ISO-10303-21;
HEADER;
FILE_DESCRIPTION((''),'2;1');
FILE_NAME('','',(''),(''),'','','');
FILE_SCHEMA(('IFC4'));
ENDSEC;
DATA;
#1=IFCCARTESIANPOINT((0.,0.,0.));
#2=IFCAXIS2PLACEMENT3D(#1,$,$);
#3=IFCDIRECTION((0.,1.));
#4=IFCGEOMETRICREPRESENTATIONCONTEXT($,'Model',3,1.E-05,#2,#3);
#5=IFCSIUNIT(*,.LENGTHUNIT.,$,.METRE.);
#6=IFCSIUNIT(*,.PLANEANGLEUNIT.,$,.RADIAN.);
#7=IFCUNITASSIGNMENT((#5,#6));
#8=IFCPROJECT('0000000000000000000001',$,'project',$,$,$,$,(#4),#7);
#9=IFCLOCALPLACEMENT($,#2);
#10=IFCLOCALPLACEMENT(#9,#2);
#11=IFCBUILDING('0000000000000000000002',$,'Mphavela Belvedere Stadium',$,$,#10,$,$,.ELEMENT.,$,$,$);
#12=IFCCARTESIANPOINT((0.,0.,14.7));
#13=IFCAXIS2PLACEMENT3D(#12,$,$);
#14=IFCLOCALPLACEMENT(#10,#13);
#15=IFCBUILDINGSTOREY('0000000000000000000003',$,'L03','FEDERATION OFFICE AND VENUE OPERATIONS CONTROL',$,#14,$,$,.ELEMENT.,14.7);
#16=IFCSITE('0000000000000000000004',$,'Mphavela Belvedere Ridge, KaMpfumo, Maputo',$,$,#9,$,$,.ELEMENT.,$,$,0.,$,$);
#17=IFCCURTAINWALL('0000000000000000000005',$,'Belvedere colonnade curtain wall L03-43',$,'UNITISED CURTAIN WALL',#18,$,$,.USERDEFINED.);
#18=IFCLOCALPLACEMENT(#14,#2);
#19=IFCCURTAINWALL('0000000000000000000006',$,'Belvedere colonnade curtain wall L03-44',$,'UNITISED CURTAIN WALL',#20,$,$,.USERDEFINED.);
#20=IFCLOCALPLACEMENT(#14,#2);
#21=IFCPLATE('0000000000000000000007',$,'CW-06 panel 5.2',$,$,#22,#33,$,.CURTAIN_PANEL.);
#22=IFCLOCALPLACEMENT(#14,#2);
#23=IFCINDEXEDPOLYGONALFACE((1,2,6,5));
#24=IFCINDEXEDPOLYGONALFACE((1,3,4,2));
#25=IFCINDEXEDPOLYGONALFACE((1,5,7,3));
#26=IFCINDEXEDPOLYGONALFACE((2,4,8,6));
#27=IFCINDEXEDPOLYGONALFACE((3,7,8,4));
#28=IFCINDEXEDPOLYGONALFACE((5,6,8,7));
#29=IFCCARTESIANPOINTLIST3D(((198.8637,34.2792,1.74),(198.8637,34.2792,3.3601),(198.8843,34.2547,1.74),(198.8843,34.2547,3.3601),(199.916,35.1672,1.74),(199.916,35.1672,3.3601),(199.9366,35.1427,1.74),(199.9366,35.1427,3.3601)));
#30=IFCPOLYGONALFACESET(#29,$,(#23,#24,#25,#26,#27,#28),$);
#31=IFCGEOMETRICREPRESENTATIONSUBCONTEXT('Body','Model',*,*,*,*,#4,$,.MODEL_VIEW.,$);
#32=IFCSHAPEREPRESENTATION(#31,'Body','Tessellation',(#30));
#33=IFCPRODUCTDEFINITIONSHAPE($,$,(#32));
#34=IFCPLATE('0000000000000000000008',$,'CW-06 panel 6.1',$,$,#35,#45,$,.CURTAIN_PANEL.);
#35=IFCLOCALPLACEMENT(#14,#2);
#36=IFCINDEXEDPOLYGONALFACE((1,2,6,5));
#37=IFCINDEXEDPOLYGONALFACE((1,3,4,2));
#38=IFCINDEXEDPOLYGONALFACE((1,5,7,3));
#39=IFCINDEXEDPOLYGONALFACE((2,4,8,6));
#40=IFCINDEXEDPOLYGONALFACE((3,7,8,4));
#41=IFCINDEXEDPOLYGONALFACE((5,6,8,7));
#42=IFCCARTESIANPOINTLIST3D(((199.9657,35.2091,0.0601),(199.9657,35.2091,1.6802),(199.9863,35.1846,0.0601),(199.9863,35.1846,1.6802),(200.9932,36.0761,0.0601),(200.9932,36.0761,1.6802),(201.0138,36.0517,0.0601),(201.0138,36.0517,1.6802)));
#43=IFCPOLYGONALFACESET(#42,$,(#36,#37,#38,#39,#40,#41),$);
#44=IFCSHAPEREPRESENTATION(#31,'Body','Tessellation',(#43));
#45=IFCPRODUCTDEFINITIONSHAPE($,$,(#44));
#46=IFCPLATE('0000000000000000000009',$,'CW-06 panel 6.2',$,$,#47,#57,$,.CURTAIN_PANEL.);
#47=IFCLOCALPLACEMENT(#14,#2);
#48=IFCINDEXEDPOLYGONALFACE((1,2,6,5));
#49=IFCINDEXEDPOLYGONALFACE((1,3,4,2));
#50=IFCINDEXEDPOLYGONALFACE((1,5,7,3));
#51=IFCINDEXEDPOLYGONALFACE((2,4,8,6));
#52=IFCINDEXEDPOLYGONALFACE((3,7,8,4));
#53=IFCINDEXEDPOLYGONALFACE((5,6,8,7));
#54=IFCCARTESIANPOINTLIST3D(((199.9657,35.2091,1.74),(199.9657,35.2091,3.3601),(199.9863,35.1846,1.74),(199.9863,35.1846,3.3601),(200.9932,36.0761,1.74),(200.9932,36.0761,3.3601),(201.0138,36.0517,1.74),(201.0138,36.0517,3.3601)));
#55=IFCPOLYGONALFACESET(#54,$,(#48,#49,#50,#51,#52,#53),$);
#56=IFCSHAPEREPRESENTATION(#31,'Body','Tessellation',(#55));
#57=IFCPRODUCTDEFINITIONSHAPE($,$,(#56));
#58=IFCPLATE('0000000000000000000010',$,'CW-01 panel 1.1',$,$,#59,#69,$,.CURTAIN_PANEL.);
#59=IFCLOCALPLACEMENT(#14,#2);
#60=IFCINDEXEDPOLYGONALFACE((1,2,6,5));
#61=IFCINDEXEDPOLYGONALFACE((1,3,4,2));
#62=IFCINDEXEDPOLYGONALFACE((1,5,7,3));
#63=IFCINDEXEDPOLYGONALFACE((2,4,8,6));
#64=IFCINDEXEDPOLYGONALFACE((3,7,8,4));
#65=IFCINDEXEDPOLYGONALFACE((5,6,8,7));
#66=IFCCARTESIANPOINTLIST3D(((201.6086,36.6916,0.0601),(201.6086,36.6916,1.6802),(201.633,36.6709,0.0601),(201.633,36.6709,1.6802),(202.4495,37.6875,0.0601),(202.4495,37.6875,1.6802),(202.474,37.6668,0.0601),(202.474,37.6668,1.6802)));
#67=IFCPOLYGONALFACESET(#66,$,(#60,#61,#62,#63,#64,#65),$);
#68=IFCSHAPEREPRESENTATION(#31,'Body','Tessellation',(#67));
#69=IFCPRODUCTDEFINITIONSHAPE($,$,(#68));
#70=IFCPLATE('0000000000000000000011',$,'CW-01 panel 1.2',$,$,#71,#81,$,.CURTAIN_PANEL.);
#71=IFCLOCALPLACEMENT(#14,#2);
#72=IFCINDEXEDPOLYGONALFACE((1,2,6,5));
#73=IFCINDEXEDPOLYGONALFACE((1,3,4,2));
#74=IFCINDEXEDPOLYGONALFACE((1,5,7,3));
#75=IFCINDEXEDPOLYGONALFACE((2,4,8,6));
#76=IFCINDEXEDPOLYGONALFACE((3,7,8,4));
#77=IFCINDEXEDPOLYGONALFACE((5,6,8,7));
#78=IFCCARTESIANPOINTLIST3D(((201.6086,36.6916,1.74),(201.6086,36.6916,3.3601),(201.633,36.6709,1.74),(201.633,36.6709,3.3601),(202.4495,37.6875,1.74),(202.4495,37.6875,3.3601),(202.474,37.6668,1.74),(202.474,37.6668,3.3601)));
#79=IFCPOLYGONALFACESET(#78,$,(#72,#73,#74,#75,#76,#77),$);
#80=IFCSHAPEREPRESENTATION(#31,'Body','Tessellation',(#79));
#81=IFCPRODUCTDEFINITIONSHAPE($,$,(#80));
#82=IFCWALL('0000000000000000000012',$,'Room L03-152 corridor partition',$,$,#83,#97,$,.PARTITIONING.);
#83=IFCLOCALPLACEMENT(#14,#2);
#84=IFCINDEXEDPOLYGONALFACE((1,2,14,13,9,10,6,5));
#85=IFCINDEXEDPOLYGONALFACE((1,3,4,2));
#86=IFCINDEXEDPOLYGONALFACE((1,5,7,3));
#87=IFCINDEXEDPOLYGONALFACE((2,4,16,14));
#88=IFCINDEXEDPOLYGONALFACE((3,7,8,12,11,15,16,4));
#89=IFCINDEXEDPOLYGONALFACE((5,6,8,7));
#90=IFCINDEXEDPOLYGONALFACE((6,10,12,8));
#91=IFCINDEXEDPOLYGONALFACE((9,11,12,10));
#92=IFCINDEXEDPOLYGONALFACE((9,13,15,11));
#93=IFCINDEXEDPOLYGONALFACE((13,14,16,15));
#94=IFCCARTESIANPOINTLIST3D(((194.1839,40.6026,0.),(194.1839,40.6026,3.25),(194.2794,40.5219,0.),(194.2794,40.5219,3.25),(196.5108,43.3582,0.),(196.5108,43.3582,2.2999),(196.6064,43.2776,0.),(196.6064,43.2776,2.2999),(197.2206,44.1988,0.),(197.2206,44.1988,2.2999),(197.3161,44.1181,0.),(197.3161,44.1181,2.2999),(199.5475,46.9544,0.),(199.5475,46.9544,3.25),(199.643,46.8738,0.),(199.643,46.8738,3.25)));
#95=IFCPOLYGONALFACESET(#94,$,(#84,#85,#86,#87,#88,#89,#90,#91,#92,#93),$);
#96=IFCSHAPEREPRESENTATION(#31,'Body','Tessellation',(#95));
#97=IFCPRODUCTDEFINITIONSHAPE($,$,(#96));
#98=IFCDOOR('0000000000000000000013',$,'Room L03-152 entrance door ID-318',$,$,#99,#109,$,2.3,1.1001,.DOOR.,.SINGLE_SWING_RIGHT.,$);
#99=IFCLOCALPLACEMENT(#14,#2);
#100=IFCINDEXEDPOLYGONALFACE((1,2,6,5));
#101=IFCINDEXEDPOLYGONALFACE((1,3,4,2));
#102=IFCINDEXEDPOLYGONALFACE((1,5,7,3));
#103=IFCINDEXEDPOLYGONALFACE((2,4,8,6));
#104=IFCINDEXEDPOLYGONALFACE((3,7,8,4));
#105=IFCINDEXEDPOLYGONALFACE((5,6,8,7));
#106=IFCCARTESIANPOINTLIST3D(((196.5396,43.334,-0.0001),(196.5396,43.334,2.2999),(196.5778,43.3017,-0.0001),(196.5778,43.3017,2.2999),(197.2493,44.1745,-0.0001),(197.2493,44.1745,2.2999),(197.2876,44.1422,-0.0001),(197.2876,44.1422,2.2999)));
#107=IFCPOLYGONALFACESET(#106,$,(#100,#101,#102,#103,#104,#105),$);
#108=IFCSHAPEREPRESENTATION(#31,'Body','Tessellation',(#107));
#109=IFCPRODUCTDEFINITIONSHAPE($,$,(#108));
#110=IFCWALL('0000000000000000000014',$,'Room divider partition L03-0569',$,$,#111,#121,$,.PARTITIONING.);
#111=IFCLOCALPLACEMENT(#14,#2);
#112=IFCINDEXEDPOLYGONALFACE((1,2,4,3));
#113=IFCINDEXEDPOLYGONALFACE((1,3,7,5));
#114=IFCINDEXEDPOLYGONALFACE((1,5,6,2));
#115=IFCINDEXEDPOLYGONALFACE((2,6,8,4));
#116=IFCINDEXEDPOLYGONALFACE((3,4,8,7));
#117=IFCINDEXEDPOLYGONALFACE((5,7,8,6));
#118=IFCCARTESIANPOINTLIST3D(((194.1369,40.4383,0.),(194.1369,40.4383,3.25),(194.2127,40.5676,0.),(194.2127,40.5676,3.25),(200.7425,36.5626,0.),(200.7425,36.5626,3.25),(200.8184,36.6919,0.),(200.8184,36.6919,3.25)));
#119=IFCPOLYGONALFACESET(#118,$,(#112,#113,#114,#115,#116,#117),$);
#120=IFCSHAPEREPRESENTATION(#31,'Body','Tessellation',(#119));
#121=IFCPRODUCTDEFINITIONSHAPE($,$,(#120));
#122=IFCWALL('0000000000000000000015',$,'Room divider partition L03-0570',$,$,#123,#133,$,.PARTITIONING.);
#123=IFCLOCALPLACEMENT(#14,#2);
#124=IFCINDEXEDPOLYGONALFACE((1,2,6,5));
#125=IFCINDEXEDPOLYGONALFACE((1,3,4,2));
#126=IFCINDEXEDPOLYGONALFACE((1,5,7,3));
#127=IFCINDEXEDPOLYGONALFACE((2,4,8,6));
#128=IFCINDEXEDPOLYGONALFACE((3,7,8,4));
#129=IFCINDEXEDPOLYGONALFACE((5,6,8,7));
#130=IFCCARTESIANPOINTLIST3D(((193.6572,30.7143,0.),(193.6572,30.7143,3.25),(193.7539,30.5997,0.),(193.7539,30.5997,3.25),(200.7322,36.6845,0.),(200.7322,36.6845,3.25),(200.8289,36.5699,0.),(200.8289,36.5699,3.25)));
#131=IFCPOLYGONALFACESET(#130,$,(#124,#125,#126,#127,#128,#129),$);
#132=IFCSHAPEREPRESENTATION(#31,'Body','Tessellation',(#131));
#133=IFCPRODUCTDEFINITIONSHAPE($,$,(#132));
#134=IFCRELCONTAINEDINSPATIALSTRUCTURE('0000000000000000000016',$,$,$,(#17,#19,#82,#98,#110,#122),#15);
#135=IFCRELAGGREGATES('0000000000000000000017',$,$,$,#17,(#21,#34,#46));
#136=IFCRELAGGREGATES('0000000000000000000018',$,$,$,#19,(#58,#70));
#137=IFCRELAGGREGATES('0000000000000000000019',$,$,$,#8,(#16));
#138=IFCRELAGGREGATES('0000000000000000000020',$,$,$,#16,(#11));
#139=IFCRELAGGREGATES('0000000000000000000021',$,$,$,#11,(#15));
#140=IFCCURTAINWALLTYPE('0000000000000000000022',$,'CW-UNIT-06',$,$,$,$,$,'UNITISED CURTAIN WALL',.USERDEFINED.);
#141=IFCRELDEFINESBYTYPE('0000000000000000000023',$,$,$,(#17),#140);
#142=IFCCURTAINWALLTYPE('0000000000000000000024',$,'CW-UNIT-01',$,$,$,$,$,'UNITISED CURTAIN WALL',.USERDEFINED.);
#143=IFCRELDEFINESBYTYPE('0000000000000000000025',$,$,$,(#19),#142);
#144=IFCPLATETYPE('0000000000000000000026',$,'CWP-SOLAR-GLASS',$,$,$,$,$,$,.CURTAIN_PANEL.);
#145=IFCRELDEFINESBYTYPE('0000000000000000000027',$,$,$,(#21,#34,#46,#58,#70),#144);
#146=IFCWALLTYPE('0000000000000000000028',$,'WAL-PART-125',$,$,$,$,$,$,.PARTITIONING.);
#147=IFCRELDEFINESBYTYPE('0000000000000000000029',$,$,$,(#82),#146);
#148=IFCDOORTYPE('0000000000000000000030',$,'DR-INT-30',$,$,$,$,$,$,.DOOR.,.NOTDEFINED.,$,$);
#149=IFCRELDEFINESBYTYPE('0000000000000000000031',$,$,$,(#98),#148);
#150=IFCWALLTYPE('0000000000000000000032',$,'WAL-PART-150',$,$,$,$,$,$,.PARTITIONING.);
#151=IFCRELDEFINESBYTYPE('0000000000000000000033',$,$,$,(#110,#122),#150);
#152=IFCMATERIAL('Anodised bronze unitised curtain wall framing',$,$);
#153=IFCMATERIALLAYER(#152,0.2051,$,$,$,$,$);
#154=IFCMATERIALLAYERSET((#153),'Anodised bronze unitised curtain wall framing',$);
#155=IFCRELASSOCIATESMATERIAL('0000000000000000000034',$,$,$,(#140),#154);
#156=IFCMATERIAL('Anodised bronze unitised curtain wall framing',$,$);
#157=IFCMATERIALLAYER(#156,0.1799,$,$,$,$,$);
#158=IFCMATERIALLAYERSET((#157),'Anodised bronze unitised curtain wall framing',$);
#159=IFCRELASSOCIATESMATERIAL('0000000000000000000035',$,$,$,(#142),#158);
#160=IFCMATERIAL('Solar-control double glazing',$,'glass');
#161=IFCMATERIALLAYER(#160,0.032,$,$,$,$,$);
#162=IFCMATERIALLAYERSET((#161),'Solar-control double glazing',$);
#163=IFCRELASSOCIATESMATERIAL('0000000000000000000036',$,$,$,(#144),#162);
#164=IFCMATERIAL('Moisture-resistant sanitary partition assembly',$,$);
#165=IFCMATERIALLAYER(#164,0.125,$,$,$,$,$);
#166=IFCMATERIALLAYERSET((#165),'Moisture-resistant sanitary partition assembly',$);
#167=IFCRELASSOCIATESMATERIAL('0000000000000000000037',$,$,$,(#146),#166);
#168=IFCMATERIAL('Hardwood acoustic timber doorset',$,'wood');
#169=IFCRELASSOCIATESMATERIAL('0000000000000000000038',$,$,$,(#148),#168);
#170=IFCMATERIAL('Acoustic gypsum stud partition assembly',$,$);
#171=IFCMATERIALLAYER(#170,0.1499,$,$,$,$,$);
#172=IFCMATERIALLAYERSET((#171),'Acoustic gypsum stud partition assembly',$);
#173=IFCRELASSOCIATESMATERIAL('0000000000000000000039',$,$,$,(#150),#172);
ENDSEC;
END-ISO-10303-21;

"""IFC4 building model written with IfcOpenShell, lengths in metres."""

from ifc_helpers import new_model, si_unit, direction, frame, frame_2d, origin, origin_2d, place, context, subcontext, project, spatial, rectangle, extrude, material, layer, layer_set, type_object, element, fill, aggregate, save


model = new_model("IFC4")

# Units and contexts
model_context = context("Model", 3, precision=1e-05, world=origin(), true_north=direction((0.0, 1.0)))
body_context = subcontext(model_context, "Body", "Model", "MODEL_VIEW")
ifc_project = project(units=[si_unit("LENGTHUNIT", "METRE"), si_unit("PLANEANGLEUNIT", "RADIAN")], contexts=[model_context])

# Site, building, storey
site_placement = place(None, origin())
site = spatial("IfcSite", under=ifc_project, at=site_placement, Name="Mphavela Belvedere Ridge, KaMpfumo, Maputo", CompositionType="ELEMENT", RefElevation=0.0)
building_placement = place(site_placement, origin())
building = spatial("IfcBuilding", under=site, at=building_placement, Name="Mphavela Belvedere Stadium", CompositionType="ELEMENT")
storey_placement = place(building_placement, frame((0.0, 0.0, 14.7)))
storey = spatial("IfcBuildingStorey", under=building, at=storey_placement, Name="L03", Description="FEDERATION OFFICE AND VENUE OPERATIONS CONTROL", CompositionType="ELEMENT", Elevation=14.7)

# Curtain walls
ifc_material_1 = material(Name="Anodised bronze unitised curtain wall framing")
ifc_layer_1 = layer(ifc_material_1, 0.2051)
ifc_layer_set_1 = layer_set([ifc_layer_1], Name="Anodised bronze unitised curtain wall framing")
curtain_wall_type_1 = type_object("IfcCurtainWallType", Name="CW-UNIT-06", ElementType="UNITISED CURTAIN WALL", PredefinedType="USERDEFINED", material=ifc_layer_set_1)
curtain_wall_1_placement = place(storey_placement, origin())
curtain_wall_1 = element("IfcCurtainWall", 1, at=curtain_wall_1_placement, inside=storey, type_object=curtain_wall_type_1, Name="Belvedere colonnade curtain wall L03-43", ObjectType="UNITISED CURTAIN WALL", PredefinedType="USERDEFINED")
ifc_material_2 = material(Name="Anodised bronze unitised curtain wall framing")
ifc_layer_2 = layer(ifc_material_2, 0.1799)
ifc_layer_set_2 = layer_set([ifc_layer_2], Name="Anodised bronze unitised curtain wall framing")
curtain_wall_type_2 = type_object("IfcCurtainWallType", Name="CW-UNIT-01", ElementType="UNITISED CURTAIN WALL", PredefinedType="USERDEFINED", material=ifc_layer_set_2)
curtain_wall_2_placement = place(storey_placement, origin())
curtain_wall_2 = element("IfcCurtainWall", 2, at=curtain_wall_2_placement, inside=storey, type_object=curtain_wall_type_2, Name="Belvedere colonnade curtain wall L03-44", ObjectType="UNITISED CURTAIN WALL", PredefinedType="USERDEFINED")

# Plates
ifc_material_3 = material(Name="Solar-control double glazing", Category="glass")
ifc_layer_3 = layer(ifc_material_3, 0.032)
ifc_layer_set_3 = layer_set([ifc_layer_3], Name="Solar-control double glazing")
plate_type = type_object("IfcPlateType", Name="CWP-SOLAR-GLASS", PredefinedType="CURTAIN_PANEL", material=ifc_layer_set_3)
plate_1_placement = place(storey_placement, frame((199.4001, 34.7109, 1.74), z_axis=(0.0, 0.0, 1.0), x_axis=(0.764263, 0.644905, 0.0)))
plate_1 = element("IfcPlate", 3, at=plate_1_placement, type_object=plate_type, Name="CW-06 panel 5.2", PredefinedType="CURTAIN_PANEL", context=body_context, shape_type="SweptSolid", body=[
    extrude(rectangle(XDim=1.377, YDim=0.032, at=origin_2d()), origin(), (0.0, 0.0, 1.0), 1.6201),
])
plate_2_placement = place(storey_placement, frame((200.4897, 35.6304, 0.0601), z_axis=(0.0, 0.0, 1.0), x_axis=(0.764263, 0.644905, 0.0)))
plate_2 = element("IfcPlate", 4, at=plate_2_placement, type_object=plate_type, Name="CW-06 panel 6.1", PredefinedType="CURTAIN_PANEL", context=body_context, shape_type="SweptSolid", body=[
    extrude(rectangle(XDim=1.3445, YDim=0.032, at=origin_2d()), origin(), (0.0, 0.0, 1.0), 1.6201),
])
plate_3_placement = place(storey_placement, frame((200.4897, 35.6304, 1.74), z_axis=(0.0, 0.0, 1.0), x_axis=(0.764263, 0.644905, 0.0)))
plate_3 = element("IfcPlate", 5, at=plate_3_placement, type_object=plate_type, Name="CW-06 panel 6.2", PredefinedType="CURTAIN_PANEL", context=body_context, shape_type="SweptSolid", body=[
    extrude(rectangle(XDim=1.3445, YDim=0.032, at=origin_2d()), origin(), (0.0, 0.0, 1.0), 1.6201),
])
aggregate(curtain_wall_1, [plate_1, plate_2, plate_3])
plate_4_placement = place(storey_placement, frame((202.0413, 37.1792, 0.0601), z_axis=(0.0, 0.0, 1.0), x_axis=(0.645179, 0.764031, 0.0)))
plate_4 = element("IfcPlate", 6, at=plate_4_placement, type_object=plate_type, Name="CW-01 panel 1.1", PredefinedType="CURTAIN_PANEL", context=body_context, shape_type="SweptSolid", body=[
    extrude(rectangle(XDim=1.3035, YDim=0.032, at=origin_2d()), origin(), (0.0, 0.0, 1.0), 1.6201),
])
plate_5_placement = place(storey_placement, frame((202.0413, 37.1792, 1.74), z_axis=(0.0, 0.0, 1.0), x_axis=(0.645179, 0.764031, 0.0)))
plate_5 = element("IfcPlate", 7, at=plate_5_placement, type_object=plate_type, Name="CW-01 panel 1.2", PredefinedType="CURTAIN_PANEL", context=body_context, shape_type="SweptSolid", body=[
    extrude(rectangle(XDim=1.3035, YDim=0.032, at=origin_2d()), origin(), (0.0, 0.0, 1.0), 1.6201),
])
aggregate(curtain_wall_2, [plate_4, plate_5])

# Wall, opening, door
ifc_material_4 = material(Name="Moisture-resistant sanitary partition assembly")
ifc_layer_4 = layer(ifc_material_4, 0.125)
ifc_layer_set_4 = layer_set([ifc_layer_4], Name="Moisture-resistant sanitary partition assembly")
wall_type_1 = type_object("IfcWallType", Name="WAL-PART-125", PredefinedType="PARTITIONING", material=ifc_layer_set_4)
wall_1_placement = place(storey_placement, frame((194.2317, 40.5623, 0.0), z_axis=(0.0, 0.0, 1.0), x_axis=(0.645165, 0.764043, 0.0)))
wall_1 = element("IfcWall", 8, at=wall_1_placement, inside=storey, type_object=wall_type_1, Name="Room L03-152 corridor partition", PredefinedType="PARTITIONING", context=body_context, shape_type="SweptSolid", body=[
    extrude(rectangle(XDim=8.3135, YDim=0.125, at=frame_2d((4.1567, 0.0))), origin(), (0.0, 0.0, 1.0), 3.25),
])
opening_placement = place(wall_1_placement, frame((3.6067, 0.0, 0.0)))
opening = element("IfcOpeningElement", 9, at=opening_placement, cuts=wall_1, PredefinedType="OPENING", context=body_context, shape_type="SweptSolid", body=[
    extrude(rectangle(XDim=1.1001, YDim=2.3, at=frame_2d((0.55, 1.1499))), frame((0.0, 0.0725, 0.0), z_axis=(0.0, -1.0, 0.0), x_axis=(1.0, 0.0, 0.0)), (0.0, 0.0, 1.0), 0.145),
])
ifc_material_5 = material(Name="Hardwood acoustic timber doorset", Category="wood")
door_type = type_object("IfcDoorType", Name="DR-INT-30", OperationType="NOTDEFINED", PredefinedType="DOOR", material=ifc_material_5)
door_placement = place(opening_placement, origin())
door = element("IfcDoor", 10, at=door_placement, inside=storey, type_object=door_type, Name="Room L03-152 entrance door ID-318", OperationType="SINGLE_SWING_RIGHT", OverallHeight=2.3, OverallWidth=1.1001, PredefinedType="DOOR", context=body_context, shape_type="SweptSolid", body=[
    extrude(rectangle(XDim=1.1001, YDim=2.3, at=frame_2d((0.55, 1.1499))), frame((0.0, 0.0249, 0.0), z_axis=(0.0, -1.0, 0.0), x_axis=(1.0, 0.0, 0.0)), (0.0, 0.0, 1.0), 0.05),
])
fill(opening, door)

# Walls
ifc_material_6 = material(Name="Acoustic gypsum stud partition assembly")
ifc_layer_5 = layer(ifc_material_6, 0.1499)
ifc_layer_set_5 = layer_set([ifc_layer_5], Name="Acoustic gypsum stud partition assembly")
wall_type_2 = type_object("IfcWallType", Name="WAL-PART-150", PredefinedType="PARTITIONING", material=ifc_layer_set_5)
wall_2_placement = place(storey_placement, frame((194.1748, 40.5029, 0.0), z_axis=(0.0, 0.0, 1.0), x_axis=(0.862503, -0.506052, 0.0)))
element("IfcWall", 11, at=wall_2_placement, inside=storey, type_object=wall_type_2, Name="Room divider partition L03-0569", PredefinedType="PARTITIONING", context=body_context, shape_type="SweptSolid", body=[
    extrude(rectangle(XDim=7.6587, YDim=0.1499, at=frame_2d((3.8293, 0.0))), origin(), (0.0, 0.0, 1.0), 3.25),
])
wall_3_placement = place(storey_placement, frame((200.7805, 36.6272, 0.0), z_axis=(0.0, 0.0, 1.0), x_axis=(-0.764253, -0.644917, 0.0)))
element("IfcWall", 12, at=wall_3_placement, inside=storey, type_object=wall_type_2, Name="Room divider partition L03-0570", PredefinedType="PARTITIONING", context=body_context, shape_type="SweptSolid", body=[
    extrude(rectangle(XDim=9.2573, YDim=0.1499, at=frame_2d((4.6287, 0.0))), origin(), (0.0, 0.0, 1.0), 3.25),
])

save(model, "model.ifc")
